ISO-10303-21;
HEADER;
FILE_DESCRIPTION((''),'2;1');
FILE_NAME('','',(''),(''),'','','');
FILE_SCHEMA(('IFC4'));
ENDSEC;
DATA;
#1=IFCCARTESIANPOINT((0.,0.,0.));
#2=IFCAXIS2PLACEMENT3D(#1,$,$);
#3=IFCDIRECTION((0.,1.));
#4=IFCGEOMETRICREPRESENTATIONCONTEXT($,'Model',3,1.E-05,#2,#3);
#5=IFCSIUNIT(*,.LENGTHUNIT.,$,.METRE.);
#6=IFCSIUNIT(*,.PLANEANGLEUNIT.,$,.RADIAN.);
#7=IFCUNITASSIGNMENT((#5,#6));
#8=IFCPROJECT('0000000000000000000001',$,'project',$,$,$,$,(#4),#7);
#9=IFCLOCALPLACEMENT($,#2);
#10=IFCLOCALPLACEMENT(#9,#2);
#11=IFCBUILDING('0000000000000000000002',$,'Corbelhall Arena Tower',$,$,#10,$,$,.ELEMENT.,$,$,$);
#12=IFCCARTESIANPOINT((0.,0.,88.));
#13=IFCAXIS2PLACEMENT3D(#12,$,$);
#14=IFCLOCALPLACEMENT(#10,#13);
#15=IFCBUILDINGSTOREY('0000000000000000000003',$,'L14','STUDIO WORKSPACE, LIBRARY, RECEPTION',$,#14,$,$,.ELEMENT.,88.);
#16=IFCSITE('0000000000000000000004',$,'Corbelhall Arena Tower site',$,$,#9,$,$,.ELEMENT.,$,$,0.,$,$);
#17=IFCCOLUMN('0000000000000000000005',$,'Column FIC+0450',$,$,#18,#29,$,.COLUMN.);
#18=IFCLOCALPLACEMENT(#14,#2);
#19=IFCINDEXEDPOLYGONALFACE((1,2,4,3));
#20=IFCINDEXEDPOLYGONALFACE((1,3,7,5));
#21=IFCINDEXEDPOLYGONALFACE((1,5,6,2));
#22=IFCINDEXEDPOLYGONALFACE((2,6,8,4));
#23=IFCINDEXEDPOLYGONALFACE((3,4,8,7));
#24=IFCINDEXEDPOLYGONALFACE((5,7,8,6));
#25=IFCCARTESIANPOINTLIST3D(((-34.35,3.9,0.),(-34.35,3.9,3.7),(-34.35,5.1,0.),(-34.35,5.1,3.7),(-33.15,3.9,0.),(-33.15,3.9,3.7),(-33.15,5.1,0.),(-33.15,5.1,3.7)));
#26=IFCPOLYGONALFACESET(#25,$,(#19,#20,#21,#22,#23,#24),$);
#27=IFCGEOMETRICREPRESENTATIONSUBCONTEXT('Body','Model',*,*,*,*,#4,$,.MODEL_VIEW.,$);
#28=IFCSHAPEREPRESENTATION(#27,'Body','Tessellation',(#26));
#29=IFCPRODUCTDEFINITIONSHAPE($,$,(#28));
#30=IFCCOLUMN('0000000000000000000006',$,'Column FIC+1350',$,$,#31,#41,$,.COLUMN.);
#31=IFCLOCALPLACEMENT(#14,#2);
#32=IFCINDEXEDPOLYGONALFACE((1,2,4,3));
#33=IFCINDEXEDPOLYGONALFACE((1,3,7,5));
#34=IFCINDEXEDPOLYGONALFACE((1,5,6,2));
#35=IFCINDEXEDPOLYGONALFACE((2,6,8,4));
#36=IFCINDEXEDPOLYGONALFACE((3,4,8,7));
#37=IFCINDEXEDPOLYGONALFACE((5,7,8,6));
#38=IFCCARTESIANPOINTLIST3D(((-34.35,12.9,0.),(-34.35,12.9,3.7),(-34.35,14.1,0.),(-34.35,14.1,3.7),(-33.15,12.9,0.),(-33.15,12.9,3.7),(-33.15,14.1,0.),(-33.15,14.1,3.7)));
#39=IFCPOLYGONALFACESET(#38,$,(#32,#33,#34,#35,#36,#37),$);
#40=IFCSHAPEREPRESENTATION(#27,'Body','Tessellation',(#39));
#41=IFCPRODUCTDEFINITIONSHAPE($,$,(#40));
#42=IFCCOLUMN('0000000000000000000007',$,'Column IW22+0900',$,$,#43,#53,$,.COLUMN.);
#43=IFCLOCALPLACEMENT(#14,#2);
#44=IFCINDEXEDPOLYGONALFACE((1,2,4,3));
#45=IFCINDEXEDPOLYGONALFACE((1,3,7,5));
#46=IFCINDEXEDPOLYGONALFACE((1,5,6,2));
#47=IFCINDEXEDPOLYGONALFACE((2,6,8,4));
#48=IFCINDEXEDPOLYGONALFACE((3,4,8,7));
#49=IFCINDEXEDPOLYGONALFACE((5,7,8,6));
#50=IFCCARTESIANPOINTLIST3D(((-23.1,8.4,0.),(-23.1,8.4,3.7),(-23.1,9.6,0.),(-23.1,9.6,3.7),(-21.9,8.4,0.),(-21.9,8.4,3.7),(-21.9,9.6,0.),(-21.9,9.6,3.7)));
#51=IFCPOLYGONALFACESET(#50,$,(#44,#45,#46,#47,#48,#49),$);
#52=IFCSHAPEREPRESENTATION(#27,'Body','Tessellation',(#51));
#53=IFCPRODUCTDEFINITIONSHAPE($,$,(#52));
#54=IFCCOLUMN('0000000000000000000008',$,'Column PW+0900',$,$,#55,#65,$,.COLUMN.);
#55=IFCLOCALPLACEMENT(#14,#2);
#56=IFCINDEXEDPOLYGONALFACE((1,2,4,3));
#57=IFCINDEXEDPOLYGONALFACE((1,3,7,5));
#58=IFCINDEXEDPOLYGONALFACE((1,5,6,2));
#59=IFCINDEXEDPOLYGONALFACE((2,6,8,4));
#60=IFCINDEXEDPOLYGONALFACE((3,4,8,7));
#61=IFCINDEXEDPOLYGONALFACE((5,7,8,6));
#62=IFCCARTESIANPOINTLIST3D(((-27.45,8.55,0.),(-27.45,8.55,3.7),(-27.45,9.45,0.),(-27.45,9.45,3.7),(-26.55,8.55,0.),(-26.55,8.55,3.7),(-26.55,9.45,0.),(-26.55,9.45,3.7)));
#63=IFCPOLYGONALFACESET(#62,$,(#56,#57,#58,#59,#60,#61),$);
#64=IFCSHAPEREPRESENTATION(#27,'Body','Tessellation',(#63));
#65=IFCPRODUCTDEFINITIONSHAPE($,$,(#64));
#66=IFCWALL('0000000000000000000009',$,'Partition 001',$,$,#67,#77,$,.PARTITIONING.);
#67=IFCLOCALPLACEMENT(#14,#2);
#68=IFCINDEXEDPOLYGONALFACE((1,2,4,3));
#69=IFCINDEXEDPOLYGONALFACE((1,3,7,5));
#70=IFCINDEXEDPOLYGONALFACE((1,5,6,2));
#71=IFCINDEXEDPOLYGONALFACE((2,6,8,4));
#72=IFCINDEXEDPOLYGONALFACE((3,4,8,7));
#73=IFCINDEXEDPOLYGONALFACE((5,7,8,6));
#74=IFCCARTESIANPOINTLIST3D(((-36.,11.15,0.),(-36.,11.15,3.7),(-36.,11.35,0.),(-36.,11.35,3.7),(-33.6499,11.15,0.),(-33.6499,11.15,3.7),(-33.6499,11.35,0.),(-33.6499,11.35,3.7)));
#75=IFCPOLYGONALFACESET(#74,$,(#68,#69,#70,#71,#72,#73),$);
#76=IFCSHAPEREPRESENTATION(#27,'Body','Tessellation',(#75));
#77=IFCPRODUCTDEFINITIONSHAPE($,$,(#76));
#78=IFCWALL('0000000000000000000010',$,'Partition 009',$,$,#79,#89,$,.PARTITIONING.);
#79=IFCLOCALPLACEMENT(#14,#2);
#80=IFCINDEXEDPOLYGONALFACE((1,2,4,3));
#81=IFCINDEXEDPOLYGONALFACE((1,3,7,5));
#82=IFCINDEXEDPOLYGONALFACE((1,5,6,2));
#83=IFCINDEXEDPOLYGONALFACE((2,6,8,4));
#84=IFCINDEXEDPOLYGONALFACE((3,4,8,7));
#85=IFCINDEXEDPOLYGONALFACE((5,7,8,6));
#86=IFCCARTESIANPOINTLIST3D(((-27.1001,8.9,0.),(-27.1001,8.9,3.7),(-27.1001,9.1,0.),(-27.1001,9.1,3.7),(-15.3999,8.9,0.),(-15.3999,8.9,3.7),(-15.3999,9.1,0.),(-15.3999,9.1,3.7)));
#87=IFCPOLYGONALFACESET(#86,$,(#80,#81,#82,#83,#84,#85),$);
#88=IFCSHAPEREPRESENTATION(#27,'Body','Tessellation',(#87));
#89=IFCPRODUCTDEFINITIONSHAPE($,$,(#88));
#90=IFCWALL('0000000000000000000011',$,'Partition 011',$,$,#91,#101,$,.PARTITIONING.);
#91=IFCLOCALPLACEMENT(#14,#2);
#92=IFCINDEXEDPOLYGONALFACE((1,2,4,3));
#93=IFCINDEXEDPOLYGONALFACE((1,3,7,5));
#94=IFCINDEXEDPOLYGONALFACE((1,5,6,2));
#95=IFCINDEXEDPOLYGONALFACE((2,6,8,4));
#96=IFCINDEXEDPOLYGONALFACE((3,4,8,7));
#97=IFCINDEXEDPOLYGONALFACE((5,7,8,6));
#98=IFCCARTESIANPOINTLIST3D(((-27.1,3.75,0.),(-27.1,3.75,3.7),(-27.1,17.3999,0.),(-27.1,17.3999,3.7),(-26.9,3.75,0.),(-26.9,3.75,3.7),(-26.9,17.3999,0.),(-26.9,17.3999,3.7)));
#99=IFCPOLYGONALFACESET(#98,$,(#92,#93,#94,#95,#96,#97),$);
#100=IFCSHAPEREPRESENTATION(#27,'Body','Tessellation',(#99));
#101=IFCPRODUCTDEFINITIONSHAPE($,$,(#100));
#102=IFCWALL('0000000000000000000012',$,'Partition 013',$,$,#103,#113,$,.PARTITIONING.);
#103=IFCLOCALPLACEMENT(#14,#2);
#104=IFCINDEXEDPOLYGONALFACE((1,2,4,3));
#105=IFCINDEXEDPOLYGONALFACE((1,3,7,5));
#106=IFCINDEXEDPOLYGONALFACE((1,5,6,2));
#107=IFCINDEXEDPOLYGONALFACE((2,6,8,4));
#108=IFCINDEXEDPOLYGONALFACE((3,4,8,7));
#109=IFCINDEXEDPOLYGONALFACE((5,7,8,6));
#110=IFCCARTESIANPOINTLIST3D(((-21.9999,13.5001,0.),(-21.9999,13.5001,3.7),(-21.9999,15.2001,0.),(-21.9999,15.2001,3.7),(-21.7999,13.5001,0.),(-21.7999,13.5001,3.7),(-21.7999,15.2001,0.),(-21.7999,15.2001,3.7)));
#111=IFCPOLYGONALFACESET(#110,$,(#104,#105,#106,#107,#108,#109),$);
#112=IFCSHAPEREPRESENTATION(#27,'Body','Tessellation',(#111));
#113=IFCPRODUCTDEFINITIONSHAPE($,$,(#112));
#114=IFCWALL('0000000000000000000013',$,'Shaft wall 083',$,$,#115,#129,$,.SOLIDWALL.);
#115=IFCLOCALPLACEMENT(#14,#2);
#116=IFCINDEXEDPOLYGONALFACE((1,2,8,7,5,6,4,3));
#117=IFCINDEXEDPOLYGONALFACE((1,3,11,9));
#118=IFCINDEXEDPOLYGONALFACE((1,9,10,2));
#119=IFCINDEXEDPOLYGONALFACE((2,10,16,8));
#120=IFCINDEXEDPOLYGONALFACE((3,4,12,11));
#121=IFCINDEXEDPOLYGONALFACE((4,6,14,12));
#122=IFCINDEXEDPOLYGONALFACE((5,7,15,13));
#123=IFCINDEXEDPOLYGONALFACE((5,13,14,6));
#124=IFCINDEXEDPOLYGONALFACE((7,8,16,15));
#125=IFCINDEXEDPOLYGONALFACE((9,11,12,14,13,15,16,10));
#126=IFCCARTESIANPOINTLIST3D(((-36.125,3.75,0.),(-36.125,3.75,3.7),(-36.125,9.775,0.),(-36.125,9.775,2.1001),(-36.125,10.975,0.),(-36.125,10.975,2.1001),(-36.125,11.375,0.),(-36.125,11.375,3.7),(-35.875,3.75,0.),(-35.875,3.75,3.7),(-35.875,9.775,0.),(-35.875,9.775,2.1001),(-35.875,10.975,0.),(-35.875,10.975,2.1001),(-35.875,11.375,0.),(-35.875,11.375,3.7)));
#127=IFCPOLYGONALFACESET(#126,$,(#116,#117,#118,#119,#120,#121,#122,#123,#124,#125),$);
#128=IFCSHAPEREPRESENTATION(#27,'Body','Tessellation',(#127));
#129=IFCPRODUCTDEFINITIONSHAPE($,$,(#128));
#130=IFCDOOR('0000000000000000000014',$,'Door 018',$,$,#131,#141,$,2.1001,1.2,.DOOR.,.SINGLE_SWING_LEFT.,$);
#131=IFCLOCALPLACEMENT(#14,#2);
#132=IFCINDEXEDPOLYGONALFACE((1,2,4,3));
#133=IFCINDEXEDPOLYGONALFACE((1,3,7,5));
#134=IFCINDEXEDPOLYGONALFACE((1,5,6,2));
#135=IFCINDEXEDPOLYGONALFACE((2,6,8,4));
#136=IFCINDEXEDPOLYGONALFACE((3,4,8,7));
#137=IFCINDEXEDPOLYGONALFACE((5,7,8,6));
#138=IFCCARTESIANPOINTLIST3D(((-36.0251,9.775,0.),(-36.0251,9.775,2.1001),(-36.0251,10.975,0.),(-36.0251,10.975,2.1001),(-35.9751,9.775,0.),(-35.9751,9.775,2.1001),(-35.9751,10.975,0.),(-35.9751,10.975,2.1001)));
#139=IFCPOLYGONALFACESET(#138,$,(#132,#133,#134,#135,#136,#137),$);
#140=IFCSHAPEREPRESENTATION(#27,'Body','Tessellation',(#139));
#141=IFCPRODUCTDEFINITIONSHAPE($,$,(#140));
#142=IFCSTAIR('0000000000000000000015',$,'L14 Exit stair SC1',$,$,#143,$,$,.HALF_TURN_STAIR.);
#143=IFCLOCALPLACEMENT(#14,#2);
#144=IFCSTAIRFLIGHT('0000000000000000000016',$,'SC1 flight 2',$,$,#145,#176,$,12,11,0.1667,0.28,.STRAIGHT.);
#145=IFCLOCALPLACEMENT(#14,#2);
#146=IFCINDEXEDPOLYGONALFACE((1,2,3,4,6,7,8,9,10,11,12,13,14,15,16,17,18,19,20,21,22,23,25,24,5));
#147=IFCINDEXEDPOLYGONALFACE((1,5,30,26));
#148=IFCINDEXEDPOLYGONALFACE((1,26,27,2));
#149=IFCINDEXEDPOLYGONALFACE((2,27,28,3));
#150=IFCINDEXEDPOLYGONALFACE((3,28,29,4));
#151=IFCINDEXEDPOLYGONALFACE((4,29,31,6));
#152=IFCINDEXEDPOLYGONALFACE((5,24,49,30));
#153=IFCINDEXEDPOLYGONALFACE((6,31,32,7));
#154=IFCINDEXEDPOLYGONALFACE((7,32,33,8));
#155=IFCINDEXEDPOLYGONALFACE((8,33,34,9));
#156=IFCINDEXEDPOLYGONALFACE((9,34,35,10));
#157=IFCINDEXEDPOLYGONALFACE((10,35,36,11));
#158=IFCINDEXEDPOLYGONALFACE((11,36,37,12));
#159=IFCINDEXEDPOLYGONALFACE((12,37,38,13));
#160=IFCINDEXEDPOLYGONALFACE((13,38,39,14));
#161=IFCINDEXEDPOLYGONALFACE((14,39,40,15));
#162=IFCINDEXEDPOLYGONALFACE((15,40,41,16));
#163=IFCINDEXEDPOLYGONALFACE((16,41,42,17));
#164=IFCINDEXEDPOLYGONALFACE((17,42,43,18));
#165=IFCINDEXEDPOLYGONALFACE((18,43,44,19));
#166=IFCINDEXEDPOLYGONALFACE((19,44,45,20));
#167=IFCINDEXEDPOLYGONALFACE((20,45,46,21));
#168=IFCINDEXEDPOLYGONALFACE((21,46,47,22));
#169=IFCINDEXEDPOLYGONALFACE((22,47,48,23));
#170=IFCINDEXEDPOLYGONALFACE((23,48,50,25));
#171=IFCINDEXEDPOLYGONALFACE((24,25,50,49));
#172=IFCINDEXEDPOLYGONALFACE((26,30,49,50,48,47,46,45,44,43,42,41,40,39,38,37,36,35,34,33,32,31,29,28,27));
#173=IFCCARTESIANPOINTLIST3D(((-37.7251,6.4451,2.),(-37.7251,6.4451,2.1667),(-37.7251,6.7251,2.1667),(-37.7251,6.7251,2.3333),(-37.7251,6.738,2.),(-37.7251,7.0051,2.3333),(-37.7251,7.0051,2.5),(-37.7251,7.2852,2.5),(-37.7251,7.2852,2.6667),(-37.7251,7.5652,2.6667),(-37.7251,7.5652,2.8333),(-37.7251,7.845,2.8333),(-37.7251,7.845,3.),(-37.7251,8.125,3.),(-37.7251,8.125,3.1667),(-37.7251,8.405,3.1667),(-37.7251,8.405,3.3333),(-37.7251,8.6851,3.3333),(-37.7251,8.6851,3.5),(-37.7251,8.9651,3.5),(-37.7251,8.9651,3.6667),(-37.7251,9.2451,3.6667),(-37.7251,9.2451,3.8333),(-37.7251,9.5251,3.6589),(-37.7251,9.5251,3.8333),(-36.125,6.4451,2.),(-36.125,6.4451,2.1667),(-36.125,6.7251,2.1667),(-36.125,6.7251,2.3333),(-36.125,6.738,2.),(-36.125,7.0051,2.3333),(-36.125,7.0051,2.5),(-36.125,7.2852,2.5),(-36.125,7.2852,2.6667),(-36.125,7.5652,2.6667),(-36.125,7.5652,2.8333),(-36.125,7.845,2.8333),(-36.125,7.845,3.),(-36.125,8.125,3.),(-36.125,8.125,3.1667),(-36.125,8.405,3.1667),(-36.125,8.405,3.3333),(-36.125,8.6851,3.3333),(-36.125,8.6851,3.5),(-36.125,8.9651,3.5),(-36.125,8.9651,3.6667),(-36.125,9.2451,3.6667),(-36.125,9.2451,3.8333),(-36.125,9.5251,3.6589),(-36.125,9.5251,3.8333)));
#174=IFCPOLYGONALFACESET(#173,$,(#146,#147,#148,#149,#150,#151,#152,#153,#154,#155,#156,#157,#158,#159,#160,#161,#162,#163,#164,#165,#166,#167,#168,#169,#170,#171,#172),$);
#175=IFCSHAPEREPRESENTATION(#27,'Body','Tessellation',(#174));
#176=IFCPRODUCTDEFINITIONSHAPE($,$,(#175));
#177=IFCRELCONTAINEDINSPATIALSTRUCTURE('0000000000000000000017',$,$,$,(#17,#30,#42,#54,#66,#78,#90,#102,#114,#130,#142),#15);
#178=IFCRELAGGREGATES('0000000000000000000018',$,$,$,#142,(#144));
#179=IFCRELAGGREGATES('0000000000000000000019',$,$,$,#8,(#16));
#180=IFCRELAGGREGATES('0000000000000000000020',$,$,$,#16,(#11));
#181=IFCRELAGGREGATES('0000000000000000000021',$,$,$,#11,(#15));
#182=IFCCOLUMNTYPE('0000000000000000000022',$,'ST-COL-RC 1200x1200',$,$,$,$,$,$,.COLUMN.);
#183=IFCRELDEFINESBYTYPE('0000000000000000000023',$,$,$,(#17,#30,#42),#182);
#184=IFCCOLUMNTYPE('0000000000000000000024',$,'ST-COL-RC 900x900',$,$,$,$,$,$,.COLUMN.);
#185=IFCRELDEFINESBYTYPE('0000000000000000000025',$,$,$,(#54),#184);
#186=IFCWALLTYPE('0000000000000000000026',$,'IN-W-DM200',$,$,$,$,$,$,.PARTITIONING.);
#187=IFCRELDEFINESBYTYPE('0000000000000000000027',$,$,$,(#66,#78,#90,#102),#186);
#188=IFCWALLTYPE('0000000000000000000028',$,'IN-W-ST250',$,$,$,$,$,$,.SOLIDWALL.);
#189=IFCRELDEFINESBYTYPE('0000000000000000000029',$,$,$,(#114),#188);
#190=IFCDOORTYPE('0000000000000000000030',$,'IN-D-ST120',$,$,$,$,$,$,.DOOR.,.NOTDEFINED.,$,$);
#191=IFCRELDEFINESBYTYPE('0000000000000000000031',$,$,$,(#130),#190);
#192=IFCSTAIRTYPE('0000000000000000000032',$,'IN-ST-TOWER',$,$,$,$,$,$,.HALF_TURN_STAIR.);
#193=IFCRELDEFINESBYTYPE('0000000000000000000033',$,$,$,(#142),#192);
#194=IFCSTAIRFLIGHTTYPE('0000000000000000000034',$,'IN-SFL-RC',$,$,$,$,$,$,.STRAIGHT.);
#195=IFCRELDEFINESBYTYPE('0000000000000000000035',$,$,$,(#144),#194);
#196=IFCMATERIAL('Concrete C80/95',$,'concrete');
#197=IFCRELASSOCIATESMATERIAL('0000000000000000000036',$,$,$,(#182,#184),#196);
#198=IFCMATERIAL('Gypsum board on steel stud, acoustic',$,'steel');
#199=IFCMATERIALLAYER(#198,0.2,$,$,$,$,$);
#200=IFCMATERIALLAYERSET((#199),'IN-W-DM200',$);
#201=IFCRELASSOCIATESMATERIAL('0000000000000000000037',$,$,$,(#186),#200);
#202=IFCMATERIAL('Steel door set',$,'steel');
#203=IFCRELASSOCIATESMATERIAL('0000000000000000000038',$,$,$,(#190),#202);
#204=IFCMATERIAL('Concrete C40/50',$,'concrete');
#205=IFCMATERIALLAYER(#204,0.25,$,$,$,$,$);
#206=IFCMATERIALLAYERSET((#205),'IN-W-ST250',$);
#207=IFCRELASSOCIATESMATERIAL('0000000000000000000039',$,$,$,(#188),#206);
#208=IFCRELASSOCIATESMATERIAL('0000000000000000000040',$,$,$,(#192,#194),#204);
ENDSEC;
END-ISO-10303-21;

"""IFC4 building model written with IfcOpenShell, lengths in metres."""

from ifc_helpers import new_model, si_unit, direction, frame, frame_2d, origin, origin_2d, place, context, subcontext, project, spatial, polyline, rectangle, outline, extrude, material, layer, layer_set, material_profile, profile_set, type_object, element, fill, aggregate, save


model = new_model("IFC4")

# Units and contexts
model_context = context("Model", 3, precision=1e-05, world=origin(), true_north=direction((0.0, 1.0)))
body_context = subcontext(model_context, "Body", "Model", "MODEL_VIEW")
ifc_project = project(units=[si_unit("LENGTHUNIT", "METRE"), si_unit("PLANEANGLEUNIT", "RADIAN")], contexts=[model_context])

# Site, building, storey
site_placement = place(None, origin())
site = spatial("IfcSite", under=ifc_project, at=site_placement, Name="Corbelhall Arena Tower site", CompositionType="ELEMENT", RefElevation=0.0)
building_placement = place(site_placement, origin())
building = spatial("IfcBuilding", under=site, at=building_placement, Name="Corbelhall Arena Tower", CompositionType="ELEMENT")
storey_placement = place(building_placement, frame((0.0, 0.0, 88.0)))
storey = spatial("IfcBuildingStorey", under=building, at=storey_placement, Name="L14", Description="STUDIO WORKSPACE, LIBRARY, RECEPTION", CompositionType="ELEMENT", Elevation=88.0)

# Columns
ifc_material_1 = material(Name="Concrete C80/95", Category="concrete")
ifc_material_profile_1 = material_profile(ifc_material_1, rectangle(XDim=1.2, YDim=1.2, at=origin_2d()))
ifc_profile_set_1 = profile_set([ifc_material_profile_1], Name="Concrete C80/95")
column_type_1 = type_object("IfcColumnType", Name="ST-COL-RC 1200x1200", PredefinedType="COLUMN", material=ifc_profile_set_1)
for number, where, z_axis, x_axis, name in (
    (1, (-33.75, 4.5, 0.0), (0.0, 0.0, 1.0), (1.0, 0.0, 0.0), "Column FIC+0450"),
    (2, (-33.75, 13.5, 0.0), (0.0, 0.0, 1.0), (1.0, 0.0, 0.0), "Column FIC+1350"),
    (3, (-22.5, 9.0, 0.0), (0.0, 0.0, 1.0), (1.0, 0.0, 0.0), "Column IW22+0900"),
):
    element("IfcColumn", number, at=place(storey_placement, frame(where, z_axis=z_axis, x_axis=x_axis)), inside=storey, type_object=column_type_1, Name=name, PredefinedType="COLUMN", context=body_context, shape_type="SweptSolid", body=[
        extrude(rectangle(XDim=1.2, YDim=1.2, at=origin_2d()), origin(), (0.0, 0.0, 1.0), 3.7),
    ])
ifc_material_profile_2 = material_profile(ifc_material_1, rectangle(XDim=0.8999, YDim=0.8999, at=origin_2d()))
ifc_profile_set_2 = profile_set([ifc_material_profile_2], Name="Concrete C80/95")
column_type_2 = type_object("IfcColumnType", Name="ST-COL-RC 900x900", PredefinedType="COLUMN", material=ifc_profile_set_2)
column_placement = place(storey_placement, frame((-27.0, 9.0, 0.0), z_axis=(0.0, 0.0, 1.0), x_axis=(1.0, 0.0, 0.0)))
element("IfcColumn", 4, at=column_placement, inside=storey, type_object=column_type_2, Name="Column PW+0900", PredefinedType="COLUMN", context=body_context, shape_type="SweptSolid", body=[
    extrude(rectangle(XDim=0.8999, YDim=0.8999, at=origin_2d()), origin(), (0.0, 0.0, 1.0), 3.7),
])

# Wall
ifc_material_2 = material(Name="Gypsum board on steel stud, acoustic", Category="steel")
ifc_layer_1 = layer(ifc_material_2, 0.2)
ifc_layer_set_1 = layer_set([ifc_layer_1], Name="IN-W-DM200")
wall_type_1 = type_object("IfcWallType", Name="IN-W-DM200", PredefinedType="PARTITIONING", material=ifc_layer_set_1)
wall_1_placement = place(storey_placement, frame((-36.0, 11.25, 0.0), z_axis=(0.0, 0.0, 1.0), x_axis=(1.0, 0.0, 0.0)))
element("IfcWall", 5, at=wall_1_placement, inside=storey, type_object=wall_type_1, Name="Partition 001", PredefinedType="PARTITIONING", context=body_context, shape_type="SweptSolid", body=[
    extrude(rectangle(XDim=2.3501, YDim=0.2, at=frame_2d((1.175, 0.0))), origin(), (0.0, 0.0, 1.0), 3.7),
])

# Shared definitions
ifc_material_3 = material(Name="Steel door set", Category="steel")

# Walls
wall_2_placement = place(storey_placement, frame((-27.1001, 9.0, 0.0), z_axis=(0.0, 0.0, 1.0), x_axis=(1.0, 0.0, 0.0)))
element("IfcWall", 6, at=wall_2_placement, inside=storey, type_object=wall_type_1, Name="Partition 009", PredefinedType="PARTITIONING", context=body_context, shape_type="SweptSolid", body=[
    extrude(rectangle(XDim=11.7002, YDim=0.2, at=frame_2d((5.8501, 0.0))), origin(), (0.0, 0.0, 1.0), 3.7),
])
wall_3_placement = place(storey_placement, frame((-27.0, 3.75, 0.0), z_axis=(0.0, 0.0, 1.0), x_axis=(0.0, 1.0, 0.0)))
element("IfcWall", 7, at=wall_3_placement, inside=storey, type_object=wall_type_1, Name="Partition 011", PredefinedType="PARTITIONING", context=body_context, shape_type="SweptSolid", body=[
    extrude(rectangle(XDim=13.6499, YDim=0.2, at=frame_2d((6.825, 0.0))), origin(), (0.0, 0.0, 1.0), 3.7),
])
wall_4_placement = place(storey_placement, frame((-21.8999, 13.5, 0.0), z_axis=(0.0, 0.0, 1.0), x_axis=(0.0, 1.0, 0.0)))
element("IfcWall", 8, at=wall_4_placement, inside=storey, type_object=wall_type_1, Name="Partition 013", PredefinedType="PARTITIONING", context=body_context, shape_type="SweptSolid", body=[
    extrude(rectangle(XDim=1.7, YDim=0.2, at=frame_2d((0.8501, 0.0))), origin(), (0.0, 0.0, 1.0), 3.7),
])

# Wall, opening, door
ifc_material_4 = material(Name="Concrete C40/50", Category="concrete")
door_type_1 = type_object("IfcDoorType", Name="IN-D-ST120", OperationType="NOTDEFINED", PredefinedType="DOOR", material=ifc_material_3)
ifc_layer_2 = layer(ifc_material_4, 0.25)
ifc_layer_set_2 = layer_set([ifc_layer_2], Name="IN-W-ST250")
wall_type_2 = type_object("IfcWallType", Name="IN-W-ST250", PredefinedType="SOLIDWALL", material=ifc_layer_set_2)
wall_5_placement = place(storey_placement, frame((-36.0, 11.375, 0.0), z_axis=(0.0, 0.0, 1.0), x_axis=(0.0, -1.0, 0.0)))
wall_5 = element("IfcWall", 9, at=wall_5_placement, inside=storey, type_object=wall_type_2, Name="Shaft wall 083", PredefinedType="SOLIDWALL", context=body_context, shape_type="SweptSolid", body=[
    extrude(rectangle(XDim=7.625, YDim=0.25, at=frame_2d((3.8125, 0.0))), origin(), (0.0, 0.0, 1.0), 3.7),
])
opening_1_placement = place(wall_5_placement, frame((0.3999, 0.0, 0.0)))
opening_1 = element("IfcOpeningElement", 10, at=opening_1_placement, cuts=wall_5, PredefinedType="OPENING", context=body_context, shape_type="SweptSolid", body=[
    extrude(rectangle(XDim=1.2, YDim=2.1001, at=frame_2d((0.6001, 1.05))), frame((0.0, 0.125, 0.0), z_axis=(0.0, -1.0, 0.0), x_axis=(1.0, 0.0, 0.0)), (0.0, 0.0, 1.0), 0.25),
])
door_1_placement = place(opening_1_placement, origin())
door_1 = element("IfcDoor", 11, at=door_1_placement, inside=storey, type_object=door_type_1, Name="Door 018", OperationType="SINGLE_SWING_LEFT", OverallHeight=2.1001, OverallWidth=1.2, PredefinedType="DOOR", context=body_context, shape_type="SweptSolid", body=[
    extrude(rectangle(XDim=1.2, YDim=2.1001, at=frame_2d((0.6001, 1.05))), frame((0.0, 0.0249, 0.0), z_axis=(0.0, -1.0, 0.0), x_axis=(1.0, 0.0, 0.0)), (0.0, 0.0, 1.0), 0.05),
])
fill(opening_1, door_1)

# Stair, stair flight
stair_type = type_object("IfcStairType", Name="IN-ST-TOWER", PredefinedType="HALF_TURN_STAIR", material=ifc_material_4)
stair_placement = place(storey_placement, origin())
stair = element("IfcStair", 12, at=stair_placement, inside=storey, type_object=stair_type, Name="L14 Exit stair SC1", PredefinedType="HALF_TURN_STAIR")
stair_flight_type = type_object("IfcStairFlightType", Name="IN-SFL-RC", PredefinedType="STRAIGHT", material=ifc_material_4)
stair_flight_placement = place(storey_placement, frame((-36.925, 6.4451, 2.0), z_axis=(0.0, 0.0, 1.0), x_axis=(0.0, 1.0, 0.0)))
stair_flight = element("IfcStairFlight", 13, at=stair_flight_placement, type_object=stair_flight_type, Name="SC1 flight 2", NumberOfRisers=12, NumberOfTreads=11, PredefinedType="STRAIGHT", RiserHeight=0.1667, TreadLength=0.28, context=body_context, shape_type="SweptSolid", body=[
    extrude(outline(polyline([(0.0, 0.0), (0.0, 0.1667), (0.28, 0.1667), (0.28, 0.3333), (0.5601, 0.3333), (0.5601, 0.5), (0.8401, 0.5), (0.8401, 0.6667), (1.1201, 0.6667), (1.1201, 0.8333), (1.3999, 0.8333), (1.3999, 1.0), (1.6799, 1.0), (1.6799, 1.1667), (1.96, 1.1667), (1.96, 1.3333), (2.24, 1.3333), (2.24, 1.5), (2.52, 1.5), (2.52, 1.6667), (2.8, 1.6667), (2.8, 1.8333), (3.0801, 1.8333), (3.0801, 2.0), (3.0801, 1.6589), (0.293, 0.0), (0.0, 0.0)])), frame((0.0, 0.8, 0.0), z_axis=(0.0, -1.0, 0.0), x_axis=(1.0, 0.0, 0.0)), (0.0, 0.0, 1.0), 1.6001),
])
aggregate(stair, [stair_flight])

save(model, "model.ifc")
